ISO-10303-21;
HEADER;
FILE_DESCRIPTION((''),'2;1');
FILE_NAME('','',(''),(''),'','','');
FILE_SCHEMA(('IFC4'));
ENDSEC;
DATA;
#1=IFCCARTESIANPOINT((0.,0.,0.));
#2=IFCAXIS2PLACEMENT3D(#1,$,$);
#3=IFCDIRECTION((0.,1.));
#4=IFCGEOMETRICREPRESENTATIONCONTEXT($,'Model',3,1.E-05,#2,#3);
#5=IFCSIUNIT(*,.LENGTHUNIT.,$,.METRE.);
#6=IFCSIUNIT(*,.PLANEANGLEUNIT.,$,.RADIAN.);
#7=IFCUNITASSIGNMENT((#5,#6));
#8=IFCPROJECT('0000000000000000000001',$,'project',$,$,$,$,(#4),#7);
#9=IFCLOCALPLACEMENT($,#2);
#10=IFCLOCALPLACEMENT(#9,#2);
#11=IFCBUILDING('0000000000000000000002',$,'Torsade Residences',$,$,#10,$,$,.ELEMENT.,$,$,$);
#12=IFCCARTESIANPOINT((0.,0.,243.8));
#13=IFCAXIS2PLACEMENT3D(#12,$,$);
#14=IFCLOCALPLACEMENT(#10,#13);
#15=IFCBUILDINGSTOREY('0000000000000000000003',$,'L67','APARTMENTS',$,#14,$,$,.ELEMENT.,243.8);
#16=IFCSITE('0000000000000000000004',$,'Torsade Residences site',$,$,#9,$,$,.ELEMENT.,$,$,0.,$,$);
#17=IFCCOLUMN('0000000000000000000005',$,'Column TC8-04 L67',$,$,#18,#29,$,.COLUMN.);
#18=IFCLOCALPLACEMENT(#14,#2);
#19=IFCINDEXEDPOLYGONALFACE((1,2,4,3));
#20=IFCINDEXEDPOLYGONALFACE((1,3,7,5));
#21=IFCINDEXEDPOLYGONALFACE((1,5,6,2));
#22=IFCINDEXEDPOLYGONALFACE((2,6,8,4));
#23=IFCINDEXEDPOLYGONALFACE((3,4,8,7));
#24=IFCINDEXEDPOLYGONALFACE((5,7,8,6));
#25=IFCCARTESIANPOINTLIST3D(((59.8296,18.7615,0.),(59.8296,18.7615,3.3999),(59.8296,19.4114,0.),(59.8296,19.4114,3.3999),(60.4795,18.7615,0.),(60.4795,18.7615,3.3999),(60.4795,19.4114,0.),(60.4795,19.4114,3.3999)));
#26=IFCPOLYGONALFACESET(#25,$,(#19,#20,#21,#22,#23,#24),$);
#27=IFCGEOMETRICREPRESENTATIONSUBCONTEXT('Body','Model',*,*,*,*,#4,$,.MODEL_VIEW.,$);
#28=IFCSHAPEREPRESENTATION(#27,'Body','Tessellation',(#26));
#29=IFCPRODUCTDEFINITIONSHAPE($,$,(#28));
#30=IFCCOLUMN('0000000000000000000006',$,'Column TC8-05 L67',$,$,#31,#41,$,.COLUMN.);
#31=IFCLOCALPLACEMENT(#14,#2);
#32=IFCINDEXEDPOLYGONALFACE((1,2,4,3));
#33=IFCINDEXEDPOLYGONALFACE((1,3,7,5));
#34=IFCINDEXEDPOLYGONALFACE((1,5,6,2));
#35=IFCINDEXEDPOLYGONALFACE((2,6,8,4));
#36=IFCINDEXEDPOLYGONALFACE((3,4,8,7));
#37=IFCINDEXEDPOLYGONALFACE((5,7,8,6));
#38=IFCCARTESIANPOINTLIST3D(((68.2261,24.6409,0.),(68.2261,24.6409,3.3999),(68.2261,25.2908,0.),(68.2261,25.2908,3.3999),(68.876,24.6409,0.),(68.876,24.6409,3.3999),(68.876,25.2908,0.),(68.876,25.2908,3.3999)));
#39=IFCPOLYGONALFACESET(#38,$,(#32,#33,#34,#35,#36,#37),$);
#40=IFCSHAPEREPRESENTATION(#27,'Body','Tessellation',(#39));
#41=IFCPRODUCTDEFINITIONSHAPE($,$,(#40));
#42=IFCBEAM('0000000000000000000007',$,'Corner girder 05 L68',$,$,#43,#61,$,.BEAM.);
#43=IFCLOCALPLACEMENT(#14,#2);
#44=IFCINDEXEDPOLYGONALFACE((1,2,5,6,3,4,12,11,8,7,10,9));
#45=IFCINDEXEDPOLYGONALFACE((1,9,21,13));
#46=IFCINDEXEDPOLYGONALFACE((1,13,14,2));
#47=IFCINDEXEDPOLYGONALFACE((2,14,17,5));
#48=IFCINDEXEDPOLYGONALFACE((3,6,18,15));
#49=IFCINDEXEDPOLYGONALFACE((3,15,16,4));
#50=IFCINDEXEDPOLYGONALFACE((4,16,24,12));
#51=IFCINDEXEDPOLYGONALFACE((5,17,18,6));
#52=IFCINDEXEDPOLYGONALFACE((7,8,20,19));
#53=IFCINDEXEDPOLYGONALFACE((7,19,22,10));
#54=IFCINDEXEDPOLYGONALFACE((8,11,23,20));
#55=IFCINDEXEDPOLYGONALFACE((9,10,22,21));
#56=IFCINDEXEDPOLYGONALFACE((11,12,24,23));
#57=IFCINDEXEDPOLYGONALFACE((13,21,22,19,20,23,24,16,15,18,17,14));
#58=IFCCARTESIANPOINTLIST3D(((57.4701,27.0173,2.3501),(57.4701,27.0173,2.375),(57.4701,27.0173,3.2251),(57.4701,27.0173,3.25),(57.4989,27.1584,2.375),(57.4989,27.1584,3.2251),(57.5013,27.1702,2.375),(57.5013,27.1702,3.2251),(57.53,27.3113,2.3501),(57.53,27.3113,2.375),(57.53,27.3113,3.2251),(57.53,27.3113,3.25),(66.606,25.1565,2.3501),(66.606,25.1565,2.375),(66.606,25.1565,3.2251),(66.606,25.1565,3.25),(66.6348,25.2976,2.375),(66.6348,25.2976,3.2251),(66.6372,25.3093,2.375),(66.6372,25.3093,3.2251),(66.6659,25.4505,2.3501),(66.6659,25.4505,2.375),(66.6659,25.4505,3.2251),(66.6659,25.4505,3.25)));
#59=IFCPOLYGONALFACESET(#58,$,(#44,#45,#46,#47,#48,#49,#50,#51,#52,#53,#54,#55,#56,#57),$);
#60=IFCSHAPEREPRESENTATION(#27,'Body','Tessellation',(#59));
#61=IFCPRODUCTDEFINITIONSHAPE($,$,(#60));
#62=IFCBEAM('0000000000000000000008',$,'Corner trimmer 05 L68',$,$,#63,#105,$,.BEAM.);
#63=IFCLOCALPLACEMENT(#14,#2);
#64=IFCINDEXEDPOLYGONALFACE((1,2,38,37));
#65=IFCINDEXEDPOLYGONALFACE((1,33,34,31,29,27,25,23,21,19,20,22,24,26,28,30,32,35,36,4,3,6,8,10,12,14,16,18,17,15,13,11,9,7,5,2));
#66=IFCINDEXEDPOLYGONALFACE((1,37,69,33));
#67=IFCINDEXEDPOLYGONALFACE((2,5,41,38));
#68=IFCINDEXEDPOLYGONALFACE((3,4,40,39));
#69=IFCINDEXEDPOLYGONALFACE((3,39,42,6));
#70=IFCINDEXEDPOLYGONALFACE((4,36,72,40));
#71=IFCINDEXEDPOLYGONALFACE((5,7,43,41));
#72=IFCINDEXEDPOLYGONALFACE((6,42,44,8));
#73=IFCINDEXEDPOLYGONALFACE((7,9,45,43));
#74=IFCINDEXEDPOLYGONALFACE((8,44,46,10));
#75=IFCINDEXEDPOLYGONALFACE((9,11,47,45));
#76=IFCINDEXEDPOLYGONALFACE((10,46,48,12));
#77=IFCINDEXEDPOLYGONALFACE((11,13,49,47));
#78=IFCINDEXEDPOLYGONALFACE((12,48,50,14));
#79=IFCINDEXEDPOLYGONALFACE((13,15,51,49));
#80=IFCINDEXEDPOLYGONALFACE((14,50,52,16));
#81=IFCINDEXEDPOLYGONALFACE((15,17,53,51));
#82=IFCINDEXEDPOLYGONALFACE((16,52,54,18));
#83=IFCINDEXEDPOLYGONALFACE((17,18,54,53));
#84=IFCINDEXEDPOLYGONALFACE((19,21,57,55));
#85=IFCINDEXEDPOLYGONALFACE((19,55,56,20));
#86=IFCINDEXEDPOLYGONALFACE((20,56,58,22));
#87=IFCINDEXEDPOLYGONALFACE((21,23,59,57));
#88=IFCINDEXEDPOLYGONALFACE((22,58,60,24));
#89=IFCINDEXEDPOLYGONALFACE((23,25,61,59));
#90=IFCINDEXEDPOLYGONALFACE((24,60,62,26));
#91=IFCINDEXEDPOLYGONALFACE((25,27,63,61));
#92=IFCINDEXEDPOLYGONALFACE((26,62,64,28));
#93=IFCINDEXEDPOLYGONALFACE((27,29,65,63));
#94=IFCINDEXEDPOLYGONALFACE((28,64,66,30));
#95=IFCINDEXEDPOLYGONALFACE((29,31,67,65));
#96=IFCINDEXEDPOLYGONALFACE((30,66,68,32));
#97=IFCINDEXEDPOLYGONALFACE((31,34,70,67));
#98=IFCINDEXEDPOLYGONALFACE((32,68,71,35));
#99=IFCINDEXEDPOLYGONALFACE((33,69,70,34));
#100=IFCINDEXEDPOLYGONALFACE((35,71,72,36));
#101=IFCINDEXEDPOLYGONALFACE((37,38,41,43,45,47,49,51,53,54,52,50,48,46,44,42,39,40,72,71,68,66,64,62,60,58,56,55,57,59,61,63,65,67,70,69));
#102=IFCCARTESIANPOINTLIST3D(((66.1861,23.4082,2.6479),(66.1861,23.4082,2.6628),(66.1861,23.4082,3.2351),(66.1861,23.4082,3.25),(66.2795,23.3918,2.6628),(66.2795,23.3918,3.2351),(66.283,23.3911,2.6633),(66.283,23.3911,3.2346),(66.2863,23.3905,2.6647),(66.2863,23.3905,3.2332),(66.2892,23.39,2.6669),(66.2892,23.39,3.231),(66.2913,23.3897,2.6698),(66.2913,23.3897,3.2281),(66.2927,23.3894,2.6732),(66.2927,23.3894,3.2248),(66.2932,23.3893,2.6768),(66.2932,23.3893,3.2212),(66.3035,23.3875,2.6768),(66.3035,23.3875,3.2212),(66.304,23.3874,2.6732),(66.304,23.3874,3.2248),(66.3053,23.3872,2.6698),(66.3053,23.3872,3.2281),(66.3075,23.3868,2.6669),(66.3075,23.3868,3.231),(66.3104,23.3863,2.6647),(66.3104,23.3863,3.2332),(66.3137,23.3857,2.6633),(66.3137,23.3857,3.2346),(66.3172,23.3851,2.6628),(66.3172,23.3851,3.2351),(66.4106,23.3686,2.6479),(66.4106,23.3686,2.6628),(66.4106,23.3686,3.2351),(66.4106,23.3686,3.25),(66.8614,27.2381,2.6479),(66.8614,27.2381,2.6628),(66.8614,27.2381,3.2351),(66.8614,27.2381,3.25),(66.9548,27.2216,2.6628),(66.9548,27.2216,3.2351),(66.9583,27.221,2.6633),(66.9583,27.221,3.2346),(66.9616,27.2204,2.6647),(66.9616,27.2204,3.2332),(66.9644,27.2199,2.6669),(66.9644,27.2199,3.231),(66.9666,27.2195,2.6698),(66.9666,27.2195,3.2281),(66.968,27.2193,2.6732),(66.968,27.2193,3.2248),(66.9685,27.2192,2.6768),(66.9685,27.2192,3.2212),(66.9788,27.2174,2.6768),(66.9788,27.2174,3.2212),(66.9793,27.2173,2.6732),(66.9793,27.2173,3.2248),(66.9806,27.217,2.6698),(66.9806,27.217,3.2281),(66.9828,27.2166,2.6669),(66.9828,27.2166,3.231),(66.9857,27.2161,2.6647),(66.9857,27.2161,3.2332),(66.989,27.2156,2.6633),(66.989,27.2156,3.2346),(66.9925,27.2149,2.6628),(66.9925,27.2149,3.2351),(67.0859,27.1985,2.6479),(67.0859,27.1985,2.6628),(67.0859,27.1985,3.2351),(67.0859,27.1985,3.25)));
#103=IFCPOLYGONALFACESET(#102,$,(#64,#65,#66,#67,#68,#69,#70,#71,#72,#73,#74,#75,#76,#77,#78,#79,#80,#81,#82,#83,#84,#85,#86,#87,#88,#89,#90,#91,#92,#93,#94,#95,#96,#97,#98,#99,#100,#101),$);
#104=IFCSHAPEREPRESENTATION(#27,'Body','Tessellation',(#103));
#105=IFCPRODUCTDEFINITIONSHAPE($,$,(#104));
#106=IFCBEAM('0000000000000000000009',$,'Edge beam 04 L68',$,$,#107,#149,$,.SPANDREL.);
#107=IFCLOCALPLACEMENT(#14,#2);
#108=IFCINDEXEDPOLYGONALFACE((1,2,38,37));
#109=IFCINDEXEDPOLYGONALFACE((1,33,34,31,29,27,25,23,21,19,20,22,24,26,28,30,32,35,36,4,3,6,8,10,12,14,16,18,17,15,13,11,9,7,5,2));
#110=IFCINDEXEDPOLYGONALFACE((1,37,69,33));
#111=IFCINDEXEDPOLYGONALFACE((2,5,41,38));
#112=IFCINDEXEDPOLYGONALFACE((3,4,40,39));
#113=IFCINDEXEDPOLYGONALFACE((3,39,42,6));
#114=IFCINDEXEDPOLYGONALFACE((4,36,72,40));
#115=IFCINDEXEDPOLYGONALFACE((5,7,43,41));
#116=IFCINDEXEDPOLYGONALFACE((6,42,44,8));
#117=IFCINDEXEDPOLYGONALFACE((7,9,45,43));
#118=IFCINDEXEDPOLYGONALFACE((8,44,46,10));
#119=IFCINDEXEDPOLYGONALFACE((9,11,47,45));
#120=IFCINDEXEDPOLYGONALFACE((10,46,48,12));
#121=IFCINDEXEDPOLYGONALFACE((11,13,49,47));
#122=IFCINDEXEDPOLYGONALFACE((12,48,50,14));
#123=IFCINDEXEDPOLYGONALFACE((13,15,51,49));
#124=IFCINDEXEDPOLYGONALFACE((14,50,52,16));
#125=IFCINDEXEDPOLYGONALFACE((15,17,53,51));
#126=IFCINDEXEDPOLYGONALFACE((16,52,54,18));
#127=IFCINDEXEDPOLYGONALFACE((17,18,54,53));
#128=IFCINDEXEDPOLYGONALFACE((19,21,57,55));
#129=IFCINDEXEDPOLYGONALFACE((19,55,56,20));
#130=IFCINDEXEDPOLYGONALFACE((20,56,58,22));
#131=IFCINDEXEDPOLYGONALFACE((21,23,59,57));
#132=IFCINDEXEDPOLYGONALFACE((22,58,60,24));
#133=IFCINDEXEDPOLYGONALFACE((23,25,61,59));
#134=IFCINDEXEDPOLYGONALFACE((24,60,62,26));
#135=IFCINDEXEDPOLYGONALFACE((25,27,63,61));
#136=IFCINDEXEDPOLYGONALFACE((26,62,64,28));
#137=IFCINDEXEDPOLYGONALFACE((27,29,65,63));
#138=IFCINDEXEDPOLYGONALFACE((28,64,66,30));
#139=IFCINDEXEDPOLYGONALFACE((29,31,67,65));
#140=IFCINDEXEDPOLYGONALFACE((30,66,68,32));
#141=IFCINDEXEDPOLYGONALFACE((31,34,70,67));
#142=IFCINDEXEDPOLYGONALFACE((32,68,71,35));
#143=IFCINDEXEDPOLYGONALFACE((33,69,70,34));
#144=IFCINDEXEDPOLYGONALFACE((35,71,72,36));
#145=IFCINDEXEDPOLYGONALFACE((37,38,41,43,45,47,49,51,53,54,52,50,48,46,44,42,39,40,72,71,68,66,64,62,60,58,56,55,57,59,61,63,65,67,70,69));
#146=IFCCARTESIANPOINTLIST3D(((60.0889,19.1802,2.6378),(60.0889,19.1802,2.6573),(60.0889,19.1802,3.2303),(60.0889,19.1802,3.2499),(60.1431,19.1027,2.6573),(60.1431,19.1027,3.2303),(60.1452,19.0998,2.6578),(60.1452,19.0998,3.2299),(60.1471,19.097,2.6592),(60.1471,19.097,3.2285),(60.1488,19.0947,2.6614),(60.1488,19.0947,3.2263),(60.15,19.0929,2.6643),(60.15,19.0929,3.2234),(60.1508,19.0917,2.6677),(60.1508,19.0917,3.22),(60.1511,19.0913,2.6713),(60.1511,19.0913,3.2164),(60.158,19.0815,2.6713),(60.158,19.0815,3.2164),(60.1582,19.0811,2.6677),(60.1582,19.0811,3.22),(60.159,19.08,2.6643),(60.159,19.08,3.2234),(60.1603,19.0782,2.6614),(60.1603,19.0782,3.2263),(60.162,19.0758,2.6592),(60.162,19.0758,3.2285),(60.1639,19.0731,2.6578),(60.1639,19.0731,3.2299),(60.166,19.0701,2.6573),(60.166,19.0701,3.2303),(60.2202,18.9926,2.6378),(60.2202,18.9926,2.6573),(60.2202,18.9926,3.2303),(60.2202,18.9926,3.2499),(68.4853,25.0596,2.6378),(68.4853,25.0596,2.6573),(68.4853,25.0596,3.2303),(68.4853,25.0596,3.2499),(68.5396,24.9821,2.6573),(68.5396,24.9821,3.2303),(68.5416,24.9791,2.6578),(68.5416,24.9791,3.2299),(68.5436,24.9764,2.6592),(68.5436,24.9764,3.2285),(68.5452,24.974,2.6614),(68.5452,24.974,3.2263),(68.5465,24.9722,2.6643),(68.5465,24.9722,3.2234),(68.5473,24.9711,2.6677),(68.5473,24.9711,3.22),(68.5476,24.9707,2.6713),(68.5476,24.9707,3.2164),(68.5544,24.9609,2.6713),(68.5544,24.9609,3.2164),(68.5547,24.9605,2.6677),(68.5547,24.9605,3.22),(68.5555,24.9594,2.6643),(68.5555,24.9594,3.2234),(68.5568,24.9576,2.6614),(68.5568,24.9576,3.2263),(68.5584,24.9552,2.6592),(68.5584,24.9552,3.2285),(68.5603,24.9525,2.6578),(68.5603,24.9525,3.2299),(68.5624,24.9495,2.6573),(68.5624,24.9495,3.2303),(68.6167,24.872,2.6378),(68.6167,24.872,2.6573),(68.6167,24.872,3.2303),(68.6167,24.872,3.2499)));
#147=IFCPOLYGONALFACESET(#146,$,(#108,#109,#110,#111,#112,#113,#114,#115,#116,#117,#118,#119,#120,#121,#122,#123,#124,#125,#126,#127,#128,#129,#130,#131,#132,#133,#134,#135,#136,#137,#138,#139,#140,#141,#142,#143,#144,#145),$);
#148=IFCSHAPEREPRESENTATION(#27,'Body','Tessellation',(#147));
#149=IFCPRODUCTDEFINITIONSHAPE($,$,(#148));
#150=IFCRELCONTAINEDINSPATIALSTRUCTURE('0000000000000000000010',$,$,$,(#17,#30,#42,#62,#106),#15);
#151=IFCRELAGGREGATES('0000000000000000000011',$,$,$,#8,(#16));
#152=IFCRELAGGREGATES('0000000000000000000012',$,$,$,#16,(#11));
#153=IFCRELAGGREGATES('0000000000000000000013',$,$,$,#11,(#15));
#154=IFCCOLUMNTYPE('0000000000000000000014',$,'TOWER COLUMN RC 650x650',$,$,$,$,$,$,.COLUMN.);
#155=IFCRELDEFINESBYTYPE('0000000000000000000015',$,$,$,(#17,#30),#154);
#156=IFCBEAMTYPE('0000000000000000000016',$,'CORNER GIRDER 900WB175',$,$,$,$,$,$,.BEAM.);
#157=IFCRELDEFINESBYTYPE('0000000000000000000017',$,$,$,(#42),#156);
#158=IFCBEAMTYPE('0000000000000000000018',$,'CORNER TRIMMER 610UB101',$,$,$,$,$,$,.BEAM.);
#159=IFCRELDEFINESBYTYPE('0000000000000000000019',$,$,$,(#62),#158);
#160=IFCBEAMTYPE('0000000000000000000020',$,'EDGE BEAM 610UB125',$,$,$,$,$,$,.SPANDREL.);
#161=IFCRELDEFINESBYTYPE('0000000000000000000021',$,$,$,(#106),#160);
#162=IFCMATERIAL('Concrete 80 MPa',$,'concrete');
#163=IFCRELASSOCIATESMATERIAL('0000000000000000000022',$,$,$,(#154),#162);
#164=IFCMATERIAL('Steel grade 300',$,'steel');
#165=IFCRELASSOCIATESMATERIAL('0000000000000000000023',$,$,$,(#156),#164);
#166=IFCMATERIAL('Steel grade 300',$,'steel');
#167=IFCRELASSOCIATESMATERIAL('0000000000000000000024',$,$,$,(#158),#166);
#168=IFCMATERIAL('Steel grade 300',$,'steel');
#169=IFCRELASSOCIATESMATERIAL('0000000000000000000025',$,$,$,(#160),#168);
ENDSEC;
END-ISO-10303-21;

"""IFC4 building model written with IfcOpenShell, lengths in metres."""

from ifc_helpers import new_model, si_unit, direction, frame, origin, origin_2d, place, context, subcontext, project, spatial, rectangle, i_section, extrude, material, material_profile, profile_set, type_object, element, save


model = new_model("IFC4")

# Units and contexts
model_context = context("Model", 3, precision=1e-05, world=origin(), true_north=direction((0.0, 1.0)))
body_context = subcontext(model_context, "Body", "Model", "MODEL_VIEW")
ifc_project = project(units=[si_unit("LENGTHUNIT", "METRE"), si_unit("PLANEANGLEUNIT", "RADIAN")], contexts=[model_context])

# Site, building, storey
site_placement = place(None, origin())
site = spatial("IfcSite", under=ifc_project, at=site_placement, Name="Torsade Residences site", CompositionType="ELEMENT", RefElevation=0.0)
building_placement = place(site_placement, origin())
building = spatial("IfcBuilding", under=site, at=building_placement, Name="Torsade Residences", CompositionType="ELEMENT")
storey_placement = place(building_placement, frame((0.0, 0.0, 243.8)))
storey = spatial("IfcBuildingStorey", under=building, at=storey_placement, Name="L67", Description="APARTMENTS", CompositionType="ELEMENT", Elevation=243.8)

# Columns
ifc_material_1 = material(Name="Concrete 80 MPa", Category="concrete")
ifc_material_profile_1 = material_profile(ifc_material_1, rectangle(XDim=0.6499, YDim=0.6499, at=origin_2d()), Name="RC 650x650")
ifc_profile_set_1 = profile_set([ifc_material_profile_1], Name="Concrete 80 MPa")
column_type = type_object("IfcColumnType", Name="TOWER COLUMN RC 650x650", PredefinedType="COLUMN", material=ifc_profile_set_1)
for number, where, z_axis, x_axis, name in (
    (1, (60.1545, 19.0864, 0.0), (0.0, 0.0, 1.0), (1.0, 0.0, 0.0), "Column TC8-04 L67"),
    (2, (68.551, 24.9658, 0.0), (0.0, 0.0, 1.0), (1.0, 0.0, 0.0), "Column TC8-05 L67"),
):
    element("IfcColumn", number, at=place(storey_placement, frame(where, z_axis=z_axis, x_axis=x_axis)), inside=storey, type_object=column_type, Name=name, PredefinedType="COLUMN", context=body_context, shape_type="SweptSolid", body=[
        extrude(rectangle(XDim=0.6499, YDim=0.6499, at=origin_2d()), origin(), (0.0, 0.0, 1.0), 3.3999),
    ])

# Beams
ifc_material_2 = material(Name="Steel grade 300", Category="steel")
ifc_material_profile_2 = material_profile(ifc_material_2, i_section(OverallWidth=0.3, OverallDepth=0.8999, WebThickness=0.012, FlangeThickness=0.0249, at=origin_2d()), Name="900WB175")
ifc_profile_set_2 = profile_set([ifc_material_profile_2], Name="Steel grade 300")
beam_type_1 = type_object("IfcBeamType", Name="CORNER GIRDER 900WB175", PredefinedType="BEAM", material=ifc_profile_set_2)
beam_1_placement = place(storey_placement, frame((66.636, 25.3035, 2.8), z_axis=(-0.979881, 0.199584, 0.0), x_axis=(-0.199584, -0.979881, 0.0)))
element("IfcBeam", 3, at=beam_1_placement, inside=storey, type_object=beam_type_1, Name="Corner girder 05 L68", PredefinedType="BEAM", context=body_context, shape_type="SweptSolid", body=[
    extrude(i_section(OverallWidth=0.3, OverallDepth=0.8999, WebThickness=0.012, FlangeThickness=0.0249, at=origin_2d()), origin(), (0.0, 0.0, 1.0), 9.3235),
])
ifc_material_3 = material(Name="Steel grade 300", Category="steel")
ifc_material_profile_3 = material_profile(ifc_material_3, i_section(OverallWidth=0.228, OverallDepth=0.6021, WebThickness=0.0105, FlangeThickness=0.0149, FilletRadius=0.0139, at=origin_2d()), Name="610UB101")
ifc_profile_set_3 = profile_set([ifc_material_profile_3], Name="Steel grade 300")
beam_type_2 = type_object("IfcBeamType", Name="CORNER TRIMMER 610UB101", PredefinedType="BEAM", material=ifc_profile_set_3)
beam_2_placement = place(storey_placement, frame((66.9736, 27.2183, 2.949), z_axis=(-0.173646, -0.984808, 0.0), x_axis=(0.984808, -0.173646, 0.0)))
element("IfcBeam", 4, at=beam_2_placement, inside=storey, type_object=beam_type_2, Name="Corner trimmer 05 L68", PredefinedType="BEAM", context=body_context, shape_type="SweptSolid", body=[
    extrude(i_section(OverallWidth=0.228, OverallDepth=0.6021, WebThickness=0.0105, FlangeThickness=0.0149, FilletRadius=0.0139, at=origin_2d()), origin(), (0.0, 0.0, 1.0), 3.8889),
])
ifc_material_4 = material(Name="Steel grade 300", Category="steel")
ifc_material_profile_4 = material_profile(ifc_material_4, i_section(OverallWidth=0.229, OverallDepth=0.6121, WebThickness=0.012, FlangeThickness=0.0195, FilletRadius=0.0139, at=origin_2d()), Name="610UB125")
ifc_profile_set_4 = profile_set([ifc_material_profile_4], Name="Steel grade 300")
beam_type_3 = type_object("IfcBeamType", Name="EDGE BEAM 610UB125", PredefinedType="SPANDREL", material=ifc_profile_set_4)
beam_3_placement = place(storey_placement, frame((60.1545, 19.0864, 2.9438), z_axis=(0.819147, 0.573584, 0.0), x_axis=(-0.573584, 0.819147, 0.0)))
element("IfcBeam", 5, at=beam_3_placement, inside=storey, type_object=beam_type_3, Name="Edge beam 04 L68", PredefinedType="SPANDREL", context=body_context, shape_type="SweptSolid", body=[
    extrude(i_section(OverallWidth=0.229, OverallDepth=0.6121, WebThickness=0.012, FlangeThickness=0.0195, FilletRadius=0.0139, at=origin_2d()), origin(), (0.0, 0.0, 1.0), 10.2502),
])

save(model, "model.ifc")
